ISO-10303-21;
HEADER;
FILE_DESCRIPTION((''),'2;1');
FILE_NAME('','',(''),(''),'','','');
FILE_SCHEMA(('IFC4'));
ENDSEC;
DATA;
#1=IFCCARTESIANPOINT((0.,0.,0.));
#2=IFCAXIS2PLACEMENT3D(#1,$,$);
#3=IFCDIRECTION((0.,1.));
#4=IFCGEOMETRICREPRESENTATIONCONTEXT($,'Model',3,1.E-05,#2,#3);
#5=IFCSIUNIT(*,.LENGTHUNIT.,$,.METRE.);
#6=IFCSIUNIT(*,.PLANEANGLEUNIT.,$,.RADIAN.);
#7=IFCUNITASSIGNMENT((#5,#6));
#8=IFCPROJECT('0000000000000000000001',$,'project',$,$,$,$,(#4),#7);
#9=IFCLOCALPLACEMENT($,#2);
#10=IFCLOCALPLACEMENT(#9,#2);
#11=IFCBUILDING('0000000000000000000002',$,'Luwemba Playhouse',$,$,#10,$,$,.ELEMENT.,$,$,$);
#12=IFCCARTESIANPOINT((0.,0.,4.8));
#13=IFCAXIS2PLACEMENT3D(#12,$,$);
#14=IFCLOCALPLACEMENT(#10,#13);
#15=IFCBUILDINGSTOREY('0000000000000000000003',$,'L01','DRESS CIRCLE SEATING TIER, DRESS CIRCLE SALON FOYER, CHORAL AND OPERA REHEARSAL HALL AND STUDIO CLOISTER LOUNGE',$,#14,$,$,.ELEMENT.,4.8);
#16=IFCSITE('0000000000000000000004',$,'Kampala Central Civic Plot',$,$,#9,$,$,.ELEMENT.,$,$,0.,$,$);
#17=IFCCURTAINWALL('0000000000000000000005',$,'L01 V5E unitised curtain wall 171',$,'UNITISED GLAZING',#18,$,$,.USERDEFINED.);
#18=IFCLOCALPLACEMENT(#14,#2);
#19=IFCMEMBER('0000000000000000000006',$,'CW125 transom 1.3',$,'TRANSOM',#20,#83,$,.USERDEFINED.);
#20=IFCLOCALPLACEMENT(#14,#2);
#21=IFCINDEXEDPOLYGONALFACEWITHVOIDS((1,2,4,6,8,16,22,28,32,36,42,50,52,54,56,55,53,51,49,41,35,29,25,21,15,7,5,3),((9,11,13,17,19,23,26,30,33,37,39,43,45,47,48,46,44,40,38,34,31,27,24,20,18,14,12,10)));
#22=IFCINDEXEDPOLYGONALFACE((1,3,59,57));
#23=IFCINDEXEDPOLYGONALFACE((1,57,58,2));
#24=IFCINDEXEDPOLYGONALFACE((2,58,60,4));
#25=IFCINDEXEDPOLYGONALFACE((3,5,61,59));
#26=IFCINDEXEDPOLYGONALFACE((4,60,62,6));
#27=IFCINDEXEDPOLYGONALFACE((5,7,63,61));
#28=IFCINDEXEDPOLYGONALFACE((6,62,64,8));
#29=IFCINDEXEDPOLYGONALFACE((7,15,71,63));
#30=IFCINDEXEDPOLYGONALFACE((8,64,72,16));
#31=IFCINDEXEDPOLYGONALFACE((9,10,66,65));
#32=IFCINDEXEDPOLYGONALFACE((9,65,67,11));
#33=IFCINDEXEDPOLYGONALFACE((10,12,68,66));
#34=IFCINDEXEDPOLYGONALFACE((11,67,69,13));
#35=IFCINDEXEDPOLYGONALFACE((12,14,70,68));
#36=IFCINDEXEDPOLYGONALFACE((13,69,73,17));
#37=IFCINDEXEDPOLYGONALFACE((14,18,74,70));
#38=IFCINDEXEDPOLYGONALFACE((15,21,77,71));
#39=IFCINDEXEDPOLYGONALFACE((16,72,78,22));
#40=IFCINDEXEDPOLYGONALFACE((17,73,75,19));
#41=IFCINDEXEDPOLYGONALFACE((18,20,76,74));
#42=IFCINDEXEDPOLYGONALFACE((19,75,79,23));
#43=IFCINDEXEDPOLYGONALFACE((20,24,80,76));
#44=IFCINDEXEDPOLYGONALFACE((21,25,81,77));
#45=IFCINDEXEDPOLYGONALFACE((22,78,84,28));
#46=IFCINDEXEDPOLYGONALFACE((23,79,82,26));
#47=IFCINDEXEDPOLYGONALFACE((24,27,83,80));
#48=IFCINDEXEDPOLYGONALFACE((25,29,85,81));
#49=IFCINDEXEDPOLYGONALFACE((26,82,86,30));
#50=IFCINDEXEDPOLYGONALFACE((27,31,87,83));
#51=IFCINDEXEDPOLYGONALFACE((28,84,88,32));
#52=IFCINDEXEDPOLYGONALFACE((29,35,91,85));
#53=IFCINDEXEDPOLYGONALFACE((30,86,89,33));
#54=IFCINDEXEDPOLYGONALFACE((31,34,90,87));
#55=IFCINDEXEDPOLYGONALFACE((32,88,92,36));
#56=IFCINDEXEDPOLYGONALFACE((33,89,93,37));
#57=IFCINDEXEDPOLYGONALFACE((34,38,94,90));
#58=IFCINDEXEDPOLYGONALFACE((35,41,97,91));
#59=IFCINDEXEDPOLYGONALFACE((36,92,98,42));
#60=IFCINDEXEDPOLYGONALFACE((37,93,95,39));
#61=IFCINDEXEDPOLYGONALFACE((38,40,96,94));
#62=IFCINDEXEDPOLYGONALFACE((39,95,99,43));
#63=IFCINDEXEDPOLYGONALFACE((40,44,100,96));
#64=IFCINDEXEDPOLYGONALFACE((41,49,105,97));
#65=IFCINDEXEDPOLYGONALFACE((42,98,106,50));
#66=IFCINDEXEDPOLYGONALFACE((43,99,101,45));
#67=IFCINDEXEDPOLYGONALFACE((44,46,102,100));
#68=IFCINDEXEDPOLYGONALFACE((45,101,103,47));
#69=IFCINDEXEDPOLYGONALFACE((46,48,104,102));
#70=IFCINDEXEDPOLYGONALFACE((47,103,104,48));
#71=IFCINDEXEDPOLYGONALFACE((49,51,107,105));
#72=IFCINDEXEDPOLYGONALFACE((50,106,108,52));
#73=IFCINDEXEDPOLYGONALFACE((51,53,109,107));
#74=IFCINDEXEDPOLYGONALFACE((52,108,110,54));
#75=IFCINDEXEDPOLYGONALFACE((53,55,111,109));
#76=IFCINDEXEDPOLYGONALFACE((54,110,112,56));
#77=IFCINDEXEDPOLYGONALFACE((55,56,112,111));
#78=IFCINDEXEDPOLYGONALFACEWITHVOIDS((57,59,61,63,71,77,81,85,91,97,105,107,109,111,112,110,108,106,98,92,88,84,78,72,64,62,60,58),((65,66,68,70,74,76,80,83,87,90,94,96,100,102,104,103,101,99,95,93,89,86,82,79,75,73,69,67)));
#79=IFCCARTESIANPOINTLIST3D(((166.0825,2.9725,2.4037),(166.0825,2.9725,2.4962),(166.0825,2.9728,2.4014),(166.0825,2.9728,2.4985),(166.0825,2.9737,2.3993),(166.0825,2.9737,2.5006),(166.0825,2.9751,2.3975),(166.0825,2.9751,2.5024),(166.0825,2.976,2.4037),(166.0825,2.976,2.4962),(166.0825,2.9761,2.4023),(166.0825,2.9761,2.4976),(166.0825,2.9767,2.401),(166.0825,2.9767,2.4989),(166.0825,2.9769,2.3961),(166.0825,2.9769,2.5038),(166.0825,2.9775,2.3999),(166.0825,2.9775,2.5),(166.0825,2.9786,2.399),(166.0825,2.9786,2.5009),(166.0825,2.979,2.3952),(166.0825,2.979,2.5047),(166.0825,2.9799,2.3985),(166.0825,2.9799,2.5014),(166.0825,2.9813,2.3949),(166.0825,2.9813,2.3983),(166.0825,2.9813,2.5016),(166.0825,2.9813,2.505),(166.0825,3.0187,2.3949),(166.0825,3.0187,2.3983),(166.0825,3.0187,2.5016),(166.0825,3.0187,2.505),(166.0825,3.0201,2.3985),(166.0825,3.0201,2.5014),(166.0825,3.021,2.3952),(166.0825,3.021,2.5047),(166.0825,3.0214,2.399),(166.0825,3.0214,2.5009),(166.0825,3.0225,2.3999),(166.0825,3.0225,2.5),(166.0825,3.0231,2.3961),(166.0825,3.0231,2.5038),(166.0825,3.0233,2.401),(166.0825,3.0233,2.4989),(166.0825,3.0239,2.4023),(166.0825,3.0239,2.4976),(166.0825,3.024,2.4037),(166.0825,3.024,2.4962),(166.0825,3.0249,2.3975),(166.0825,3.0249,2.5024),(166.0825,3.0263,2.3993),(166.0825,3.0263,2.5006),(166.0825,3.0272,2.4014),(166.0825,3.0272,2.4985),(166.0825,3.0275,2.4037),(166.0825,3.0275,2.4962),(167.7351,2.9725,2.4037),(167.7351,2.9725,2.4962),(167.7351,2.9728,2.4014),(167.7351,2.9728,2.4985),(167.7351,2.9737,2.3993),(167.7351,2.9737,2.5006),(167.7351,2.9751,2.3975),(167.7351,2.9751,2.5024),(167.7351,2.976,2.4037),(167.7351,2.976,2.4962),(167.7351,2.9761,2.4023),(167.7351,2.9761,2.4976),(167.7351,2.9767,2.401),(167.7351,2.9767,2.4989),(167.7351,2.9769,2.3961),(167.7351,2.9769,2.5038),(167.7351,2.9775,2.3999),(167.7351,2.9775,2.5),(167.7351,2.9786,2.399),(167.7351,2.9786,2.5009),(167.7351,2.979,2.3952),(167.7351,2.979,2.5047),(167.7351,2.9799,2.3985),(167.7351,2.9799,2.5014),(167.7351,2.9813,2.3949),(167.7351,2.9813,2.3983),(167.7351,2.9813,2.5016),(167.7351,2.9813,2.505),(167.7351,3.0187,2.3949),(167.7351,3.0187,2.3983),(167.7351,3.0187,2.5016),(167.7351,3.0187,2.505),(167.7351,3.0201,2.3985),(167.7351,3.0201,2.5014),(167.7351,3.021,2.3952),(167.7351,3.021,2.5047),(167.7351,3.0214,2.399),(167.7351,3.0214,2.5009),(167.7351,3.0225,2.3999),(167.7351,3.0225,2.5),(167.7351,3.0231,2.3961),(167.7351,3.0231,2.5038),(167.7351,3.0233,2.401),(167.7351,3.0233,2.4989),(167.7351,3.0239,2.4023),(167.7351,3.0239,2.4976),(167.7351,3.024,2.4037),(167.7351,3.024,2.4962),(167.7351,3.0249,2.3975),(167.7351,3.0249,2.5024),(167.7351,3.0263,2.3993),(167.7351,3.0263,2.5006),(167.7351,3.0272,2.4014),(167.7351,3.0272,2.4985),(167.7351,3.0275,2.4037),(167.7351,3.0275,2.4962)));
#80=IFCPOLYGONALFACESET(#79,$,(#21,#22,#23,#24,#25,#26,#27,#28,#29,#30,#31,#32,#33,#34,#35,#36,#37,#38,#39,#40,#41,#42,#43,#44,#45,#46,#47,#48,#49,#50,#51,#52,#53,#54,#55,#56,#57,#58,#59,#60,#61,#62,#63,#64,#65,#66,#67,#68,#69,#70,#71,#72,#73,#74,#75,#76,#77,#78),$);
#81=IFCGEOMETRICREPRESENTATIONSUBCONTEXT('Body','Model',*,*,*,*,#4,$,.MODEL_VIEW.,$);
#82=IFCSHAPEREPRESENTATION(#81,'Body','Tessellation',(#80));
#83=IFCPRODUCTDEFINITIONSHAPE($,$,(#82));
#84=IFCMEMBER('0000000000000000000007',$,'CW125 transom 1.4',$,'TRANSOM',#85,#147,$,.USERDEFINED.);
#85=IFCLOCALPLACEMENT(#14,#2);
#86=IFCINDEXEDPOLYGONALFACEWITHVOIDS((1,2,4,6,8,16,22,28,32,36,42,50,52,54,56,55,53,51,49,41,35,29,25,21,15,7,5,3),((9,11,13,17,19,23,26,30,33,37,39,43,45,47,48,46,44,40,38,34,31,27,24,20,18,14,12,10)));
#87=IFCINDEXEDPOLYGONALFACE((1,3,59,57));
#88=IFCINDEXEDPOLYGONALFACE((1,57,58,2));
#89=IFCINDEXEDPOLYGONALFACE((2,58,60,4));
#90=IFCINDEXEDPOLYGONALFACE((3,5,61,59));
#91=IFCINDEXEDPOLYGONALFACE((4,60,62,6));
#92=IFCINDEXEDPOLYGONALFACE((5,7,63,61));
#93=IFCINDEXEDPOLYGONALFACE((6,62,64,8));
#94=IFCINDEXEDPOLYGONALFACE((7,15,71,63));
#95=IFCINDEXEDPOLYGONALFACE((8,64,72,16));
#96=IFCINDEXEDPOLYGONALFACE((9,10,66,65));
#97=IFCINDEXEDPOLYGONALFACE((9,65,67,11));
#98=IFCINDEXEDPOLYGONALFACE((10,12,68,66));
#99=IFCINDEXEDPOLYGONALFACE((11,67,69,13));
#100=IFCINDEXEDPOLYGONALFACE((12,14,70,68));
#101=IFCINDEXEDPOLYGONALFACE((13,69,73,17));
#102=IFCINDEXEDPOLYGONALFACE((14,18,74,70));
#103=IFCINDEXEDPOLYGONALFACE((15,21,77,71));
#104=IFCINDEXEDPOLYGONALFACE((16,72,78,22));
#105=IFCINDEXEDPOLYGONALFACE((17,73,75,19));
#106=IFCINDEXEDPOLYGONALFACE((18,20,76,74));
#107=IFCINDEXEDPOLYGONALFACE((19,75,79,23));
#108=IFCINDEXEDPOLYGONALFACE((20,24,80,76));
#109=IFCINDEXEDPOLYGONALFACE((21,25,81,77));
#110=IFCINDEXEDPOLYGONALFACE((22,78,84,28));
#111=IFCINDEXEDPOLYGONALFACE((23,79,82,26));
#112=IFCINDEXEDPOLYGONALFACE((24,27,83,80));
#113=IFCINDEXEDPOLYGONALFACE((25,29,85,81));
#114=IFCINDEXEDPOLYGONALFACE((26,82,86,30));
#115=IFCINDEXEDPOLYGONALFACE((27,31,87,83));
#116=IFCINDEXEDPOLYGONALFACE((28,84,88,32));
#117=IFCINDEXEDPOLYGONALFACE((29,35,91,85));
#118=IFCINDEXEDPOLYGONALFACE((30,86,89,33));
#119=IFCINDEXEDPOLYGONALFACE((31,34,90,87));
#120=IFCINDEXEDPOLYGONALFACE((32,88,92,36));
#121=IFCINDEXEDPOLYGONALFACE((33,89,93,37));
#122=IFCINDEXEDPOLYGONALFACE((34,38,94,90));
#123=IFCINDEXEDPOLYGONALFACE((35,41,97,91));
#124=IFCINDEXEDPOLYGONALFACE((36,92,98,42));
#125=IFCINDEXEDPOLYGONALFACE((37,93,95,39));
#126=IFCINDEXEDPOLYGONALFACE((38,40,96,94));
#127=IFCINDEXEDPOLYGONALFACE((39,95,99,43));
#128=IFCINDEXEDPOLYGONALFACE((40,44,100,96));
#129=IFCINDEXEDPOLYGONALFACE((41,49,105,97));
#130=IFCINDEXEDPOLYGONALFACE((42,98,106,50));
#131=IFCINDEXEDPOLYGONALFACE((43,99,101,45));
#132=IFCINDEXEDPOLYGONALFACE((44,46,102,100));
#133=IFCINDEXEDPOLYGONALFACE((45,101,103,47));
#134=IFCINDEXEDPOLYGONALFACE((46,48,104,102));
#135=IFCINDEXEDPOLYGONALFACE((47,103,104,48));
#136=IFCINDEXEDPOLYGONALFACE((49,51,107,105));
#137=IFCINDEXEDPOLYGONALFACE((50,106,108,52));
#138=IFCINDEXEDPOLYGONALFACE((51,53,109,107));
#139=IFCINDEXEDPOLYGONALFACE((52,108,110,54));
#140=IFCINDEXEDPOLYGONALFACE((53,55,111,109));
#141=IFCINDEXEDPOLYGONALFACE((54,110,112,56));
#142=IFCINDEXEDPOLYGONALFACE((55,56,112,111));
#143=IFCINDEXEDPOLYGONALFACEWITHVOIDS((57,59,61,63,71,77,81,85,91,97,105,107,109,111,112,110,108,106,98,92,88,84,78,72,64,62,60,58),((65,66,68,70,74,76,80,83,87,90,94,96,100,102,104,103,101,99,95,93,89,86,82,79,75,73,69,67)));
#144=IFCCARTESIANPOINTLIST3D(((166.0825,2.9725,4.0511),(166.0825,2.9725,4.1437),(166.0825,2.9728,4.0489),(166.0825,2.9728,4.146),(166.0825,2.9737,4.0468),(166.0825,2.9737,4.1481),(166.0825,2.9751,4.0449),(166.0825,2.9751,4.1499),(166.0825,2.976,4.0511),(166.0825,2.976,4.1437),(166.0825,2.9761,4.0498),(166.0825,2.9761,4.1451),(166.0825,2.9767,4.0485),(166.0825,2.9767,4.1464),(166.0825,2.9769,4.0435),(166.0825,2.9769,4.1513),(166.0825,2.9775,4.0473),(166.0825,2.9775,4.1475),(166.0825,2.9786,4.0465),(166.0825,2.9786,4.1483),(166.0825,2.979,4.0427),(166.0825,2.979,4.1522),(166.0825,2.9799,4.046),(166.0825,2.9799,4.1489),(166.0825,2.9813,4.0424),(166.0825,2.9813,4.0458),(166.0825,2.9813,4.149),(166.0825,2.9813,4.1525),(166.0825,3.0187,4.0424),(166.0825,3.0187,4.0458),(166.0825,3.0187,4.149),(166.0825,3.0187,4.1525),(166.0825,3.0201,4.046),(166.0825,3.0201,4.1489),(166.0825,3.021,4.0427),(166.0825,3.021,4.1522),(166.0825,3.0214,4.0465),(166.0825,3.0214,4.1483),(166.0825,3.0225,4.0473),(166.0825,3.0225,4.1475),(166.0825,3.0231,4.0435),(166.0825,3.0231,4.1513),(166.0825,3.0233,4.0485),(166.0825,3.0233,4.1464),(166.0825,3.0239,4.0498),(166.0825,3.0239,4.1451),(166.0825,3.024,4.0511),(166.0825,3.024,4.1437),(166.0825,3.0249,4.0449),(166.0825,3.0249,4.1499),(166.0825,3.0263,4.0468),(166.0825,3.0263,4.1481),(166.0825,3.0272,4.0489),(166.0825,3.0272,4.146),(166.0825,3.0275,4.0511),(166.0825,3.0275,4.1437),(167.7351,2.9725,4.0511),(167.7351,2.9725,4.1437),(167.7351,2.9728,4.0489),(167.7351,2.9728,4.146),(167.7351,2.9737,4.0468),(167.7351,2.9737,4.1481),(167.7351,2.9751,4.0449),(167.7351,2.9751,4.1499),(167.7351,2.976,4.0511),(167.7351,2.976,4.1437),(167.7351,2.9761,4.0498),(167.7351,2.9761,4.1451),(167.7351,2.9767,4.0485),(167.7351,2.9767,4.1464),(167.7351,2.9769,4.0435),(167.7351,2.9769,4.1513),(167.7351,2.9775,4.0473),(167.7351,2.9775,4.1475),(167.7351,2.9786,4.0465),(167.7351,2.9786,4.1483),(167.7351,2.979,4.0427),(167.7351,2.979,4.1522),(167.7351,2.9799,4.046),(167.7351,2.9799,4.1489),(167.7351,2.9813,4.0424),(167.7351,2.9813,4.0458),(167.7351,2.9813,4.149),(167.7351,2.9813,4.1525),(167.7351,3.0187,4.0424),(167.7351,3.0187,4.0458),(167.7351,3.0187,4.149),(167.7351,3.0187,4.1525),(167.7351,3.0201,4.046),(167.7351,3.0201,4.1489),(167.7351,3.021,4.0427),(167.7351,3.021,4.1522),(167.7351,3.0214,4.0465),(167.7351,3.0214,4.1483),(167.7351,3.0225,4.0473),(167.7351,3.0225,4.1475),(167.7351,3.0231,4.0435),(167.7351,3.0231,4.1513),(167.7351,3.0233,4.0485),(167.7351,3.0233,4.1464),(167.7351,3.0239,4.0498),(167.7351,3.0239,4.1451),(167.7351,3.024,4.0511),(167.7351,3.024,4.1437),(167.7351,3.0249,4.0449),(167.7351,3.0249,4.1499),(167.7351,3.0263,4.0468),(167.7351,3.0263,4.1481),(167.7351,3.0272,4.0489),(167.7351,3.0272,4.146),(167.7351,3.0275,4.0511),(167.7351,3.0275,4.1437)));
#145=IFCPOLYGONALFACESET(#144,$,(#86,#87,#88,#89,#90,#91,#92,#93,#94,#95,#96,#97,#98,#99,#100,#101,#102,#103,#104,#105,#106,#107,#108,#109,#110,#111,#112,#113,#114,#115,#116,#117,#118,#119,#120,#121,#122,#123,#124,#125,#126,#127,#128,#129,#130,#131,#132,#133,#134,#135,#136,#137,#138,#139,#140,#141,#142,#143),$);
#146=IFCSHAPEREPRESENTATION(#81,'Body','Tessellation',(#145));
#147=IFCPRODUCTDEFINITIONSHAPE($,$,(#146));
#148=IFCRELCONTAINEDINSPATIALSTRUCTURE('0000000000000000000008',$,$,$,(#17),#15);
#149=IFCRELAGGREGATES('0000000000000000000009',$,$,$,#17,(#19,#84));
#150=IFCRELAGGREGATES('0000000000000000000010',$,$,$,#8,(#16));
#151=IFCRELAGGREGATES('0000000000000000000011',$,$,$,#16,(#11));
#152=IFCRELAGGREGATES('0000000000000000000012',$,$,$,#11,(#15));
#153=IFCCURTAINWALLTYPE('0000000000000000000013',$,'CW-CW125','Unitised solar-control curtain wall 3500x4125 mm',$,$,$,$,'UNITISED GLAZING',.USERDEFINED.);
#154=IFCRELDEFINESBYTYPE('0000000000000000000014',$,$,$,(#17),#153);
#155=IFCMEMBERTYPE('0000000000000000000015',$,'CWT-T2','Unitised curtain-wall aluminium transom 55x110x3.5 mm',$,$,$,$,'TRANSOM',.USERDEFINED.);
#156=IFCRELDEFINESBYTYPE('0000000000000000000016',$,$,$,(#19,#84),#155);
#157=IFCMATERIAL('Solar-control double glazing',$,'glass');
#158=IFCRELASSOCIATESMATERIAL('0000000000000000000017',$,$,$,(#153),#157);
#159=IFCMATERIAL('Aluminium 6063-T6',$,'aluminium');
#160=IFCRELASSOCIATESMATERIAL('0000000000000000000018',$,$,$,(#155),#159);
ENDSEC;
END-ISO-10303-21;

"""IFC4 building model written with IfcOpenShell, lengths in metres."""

from ifc_helpers import new_model, si_unit, direction, frame, origin, origin_2d, place, context, subcontext, project, spatial, hollow_rectangle, extrude, material, material_profile, profile_set, type_object, element, aggregate, save


model = new_model("IFC4")

# Units and contexts
model_context = context("Model", 3, precision=1e-05, world=origin(), true_north=direction((0.0, 1.0)))
body_context = subcontext(model_context, "Body", "Model", "MODEL_VIEW")
ifc_project = project(units=[si_unit("LENGTHUNIT", "METRE"), si_unit("PLANEANGLEUNIT", "RADIAN")], contexts=[model_context])

# Site, building, storey
site_placement = place(None, origin())
site = spatial("IfcSite", under=ifc_project, at=site_placement, Name="Kampala Central Civic Plot", CompositionType="ELEMENT", RefElevation=0.0)
building_placement = place(site_placement, origin())
building = spatial("IfcBuilding", under=site, at=building_placement, Name="Luwemba Playhouse", CompositionType="ELEMENT")
storey_placement = place(building_placement, frame((0.0, 0.0, 4.8)))
storey = spatial("IfcBuildingStorey", under=building, at=storey_placement, Name="L01", Description="DRESS CIRCLE SEATING TIER, DRESS CIRCLE SALON FOYER, CHORAL AND OPERA REHEARSAL HALL AND STUDIO CLOISTER LOUNGE", CompositionType="ELEMENT", Elevation=4.8)

# Curtain wall, members
ifc_material_1 = material(Name="Solar-control double glazing", Category="glass")
curtain_wall_type_1 = type_object("IfcCurtainWallType", Name="CW-CW125", Description="Unitised solar-control curtain wall 3500x4125 mm", ElementType="UNITISED GLAZING", PredefinedType="USERDEFINED", material=ifc_material_1)
curtain_wall_1_placement = place(storey_placement, origin())
curtain_wall_1 = element("IfcCurtainWall", 1, at=curtain_wall_1_placement, inside=storey, type_object=curtain_wall_type_1, Name="L01 V5E unitised curtain wall 171", ObjectType="UNITISED GLAZING", PredefinedType="USERDEFINED")
ifc_material_2 = material(Name="Aluminium 6063-T6", Category="aluminium")
ifc_material_profile_1 = material_profile(ifc_material_2, hollow_rectangle(XDim=0.0549, YDim=0.1101, WallThickness=0.0034, InnerFilletRadius=0.0054, OuterFilletRadius=0.0088, at=origin_2d()))
ifc_profile_set_1 = profile_set([ifc_material_profile_1], Name="Aluminium 6063-T6")
member_type_1 = type_object("IfcMemberType", Name="CWT-T2", Description="Unitised curtain-wall aluminium transom 55x110x3.5 mm", ElementType="TRANSOM", PredefinedType="USERDEFINED", material=ifc_profile_set_1)
member_1_placement = place(storey_placement, frame((167.7351, 3.0, 2.45), z_axis=(-1.0, 0.0, 0.0), x_axis=(0.0, -1.0, 0.0)))
member_1 = element("IfcMember", 2, at=member_1_placement, type_object=member_type_1, Name="CW125 transom 1.3", ObjectType="TRANSOM", PredefinedType="USERDEFINED", context=body_context, shape_type="SweptSolid", body=[
    extrude(hollow_rectangle(XDim=0.0549, YDim=0.1101, WallThickness=0.0034, InnerFilletRadius=0.0054, OuterFilletRadius=0.0088, at=origin_2d()), origin(), (0.0, 0.0, 1.0), 1.6526),
])
member_2_placement = place(storey_placement, frame((167.7351, 3.0, 4.0974), z_axis=(-1.0, 0.0, 0.0), x_axis=(0.0, -1.0, 0.0)))
member_2 = element("IfcMember", 3, at=member_2_placement, type_object=member_type_1, Name="CW125 transom 1.4", ObjectType="TRANSOM", PredefinedType="USERDEFINED", context=body_context, shape_type="SweptSolid", body=[
    extrude(hollow_rectangle(XDim=0.0549, YDim=0.1101, WallThickness=0.0034, InnerFilletRadius=0.0054, OuterFilletRadius=0.0088, at=origin_2d()), origin(), (0.0, 0.0, 1.0), 1.6526),
])

aggregate(curtain_wall_1, [member_1, member_2])

save(model, "model.ifc")
